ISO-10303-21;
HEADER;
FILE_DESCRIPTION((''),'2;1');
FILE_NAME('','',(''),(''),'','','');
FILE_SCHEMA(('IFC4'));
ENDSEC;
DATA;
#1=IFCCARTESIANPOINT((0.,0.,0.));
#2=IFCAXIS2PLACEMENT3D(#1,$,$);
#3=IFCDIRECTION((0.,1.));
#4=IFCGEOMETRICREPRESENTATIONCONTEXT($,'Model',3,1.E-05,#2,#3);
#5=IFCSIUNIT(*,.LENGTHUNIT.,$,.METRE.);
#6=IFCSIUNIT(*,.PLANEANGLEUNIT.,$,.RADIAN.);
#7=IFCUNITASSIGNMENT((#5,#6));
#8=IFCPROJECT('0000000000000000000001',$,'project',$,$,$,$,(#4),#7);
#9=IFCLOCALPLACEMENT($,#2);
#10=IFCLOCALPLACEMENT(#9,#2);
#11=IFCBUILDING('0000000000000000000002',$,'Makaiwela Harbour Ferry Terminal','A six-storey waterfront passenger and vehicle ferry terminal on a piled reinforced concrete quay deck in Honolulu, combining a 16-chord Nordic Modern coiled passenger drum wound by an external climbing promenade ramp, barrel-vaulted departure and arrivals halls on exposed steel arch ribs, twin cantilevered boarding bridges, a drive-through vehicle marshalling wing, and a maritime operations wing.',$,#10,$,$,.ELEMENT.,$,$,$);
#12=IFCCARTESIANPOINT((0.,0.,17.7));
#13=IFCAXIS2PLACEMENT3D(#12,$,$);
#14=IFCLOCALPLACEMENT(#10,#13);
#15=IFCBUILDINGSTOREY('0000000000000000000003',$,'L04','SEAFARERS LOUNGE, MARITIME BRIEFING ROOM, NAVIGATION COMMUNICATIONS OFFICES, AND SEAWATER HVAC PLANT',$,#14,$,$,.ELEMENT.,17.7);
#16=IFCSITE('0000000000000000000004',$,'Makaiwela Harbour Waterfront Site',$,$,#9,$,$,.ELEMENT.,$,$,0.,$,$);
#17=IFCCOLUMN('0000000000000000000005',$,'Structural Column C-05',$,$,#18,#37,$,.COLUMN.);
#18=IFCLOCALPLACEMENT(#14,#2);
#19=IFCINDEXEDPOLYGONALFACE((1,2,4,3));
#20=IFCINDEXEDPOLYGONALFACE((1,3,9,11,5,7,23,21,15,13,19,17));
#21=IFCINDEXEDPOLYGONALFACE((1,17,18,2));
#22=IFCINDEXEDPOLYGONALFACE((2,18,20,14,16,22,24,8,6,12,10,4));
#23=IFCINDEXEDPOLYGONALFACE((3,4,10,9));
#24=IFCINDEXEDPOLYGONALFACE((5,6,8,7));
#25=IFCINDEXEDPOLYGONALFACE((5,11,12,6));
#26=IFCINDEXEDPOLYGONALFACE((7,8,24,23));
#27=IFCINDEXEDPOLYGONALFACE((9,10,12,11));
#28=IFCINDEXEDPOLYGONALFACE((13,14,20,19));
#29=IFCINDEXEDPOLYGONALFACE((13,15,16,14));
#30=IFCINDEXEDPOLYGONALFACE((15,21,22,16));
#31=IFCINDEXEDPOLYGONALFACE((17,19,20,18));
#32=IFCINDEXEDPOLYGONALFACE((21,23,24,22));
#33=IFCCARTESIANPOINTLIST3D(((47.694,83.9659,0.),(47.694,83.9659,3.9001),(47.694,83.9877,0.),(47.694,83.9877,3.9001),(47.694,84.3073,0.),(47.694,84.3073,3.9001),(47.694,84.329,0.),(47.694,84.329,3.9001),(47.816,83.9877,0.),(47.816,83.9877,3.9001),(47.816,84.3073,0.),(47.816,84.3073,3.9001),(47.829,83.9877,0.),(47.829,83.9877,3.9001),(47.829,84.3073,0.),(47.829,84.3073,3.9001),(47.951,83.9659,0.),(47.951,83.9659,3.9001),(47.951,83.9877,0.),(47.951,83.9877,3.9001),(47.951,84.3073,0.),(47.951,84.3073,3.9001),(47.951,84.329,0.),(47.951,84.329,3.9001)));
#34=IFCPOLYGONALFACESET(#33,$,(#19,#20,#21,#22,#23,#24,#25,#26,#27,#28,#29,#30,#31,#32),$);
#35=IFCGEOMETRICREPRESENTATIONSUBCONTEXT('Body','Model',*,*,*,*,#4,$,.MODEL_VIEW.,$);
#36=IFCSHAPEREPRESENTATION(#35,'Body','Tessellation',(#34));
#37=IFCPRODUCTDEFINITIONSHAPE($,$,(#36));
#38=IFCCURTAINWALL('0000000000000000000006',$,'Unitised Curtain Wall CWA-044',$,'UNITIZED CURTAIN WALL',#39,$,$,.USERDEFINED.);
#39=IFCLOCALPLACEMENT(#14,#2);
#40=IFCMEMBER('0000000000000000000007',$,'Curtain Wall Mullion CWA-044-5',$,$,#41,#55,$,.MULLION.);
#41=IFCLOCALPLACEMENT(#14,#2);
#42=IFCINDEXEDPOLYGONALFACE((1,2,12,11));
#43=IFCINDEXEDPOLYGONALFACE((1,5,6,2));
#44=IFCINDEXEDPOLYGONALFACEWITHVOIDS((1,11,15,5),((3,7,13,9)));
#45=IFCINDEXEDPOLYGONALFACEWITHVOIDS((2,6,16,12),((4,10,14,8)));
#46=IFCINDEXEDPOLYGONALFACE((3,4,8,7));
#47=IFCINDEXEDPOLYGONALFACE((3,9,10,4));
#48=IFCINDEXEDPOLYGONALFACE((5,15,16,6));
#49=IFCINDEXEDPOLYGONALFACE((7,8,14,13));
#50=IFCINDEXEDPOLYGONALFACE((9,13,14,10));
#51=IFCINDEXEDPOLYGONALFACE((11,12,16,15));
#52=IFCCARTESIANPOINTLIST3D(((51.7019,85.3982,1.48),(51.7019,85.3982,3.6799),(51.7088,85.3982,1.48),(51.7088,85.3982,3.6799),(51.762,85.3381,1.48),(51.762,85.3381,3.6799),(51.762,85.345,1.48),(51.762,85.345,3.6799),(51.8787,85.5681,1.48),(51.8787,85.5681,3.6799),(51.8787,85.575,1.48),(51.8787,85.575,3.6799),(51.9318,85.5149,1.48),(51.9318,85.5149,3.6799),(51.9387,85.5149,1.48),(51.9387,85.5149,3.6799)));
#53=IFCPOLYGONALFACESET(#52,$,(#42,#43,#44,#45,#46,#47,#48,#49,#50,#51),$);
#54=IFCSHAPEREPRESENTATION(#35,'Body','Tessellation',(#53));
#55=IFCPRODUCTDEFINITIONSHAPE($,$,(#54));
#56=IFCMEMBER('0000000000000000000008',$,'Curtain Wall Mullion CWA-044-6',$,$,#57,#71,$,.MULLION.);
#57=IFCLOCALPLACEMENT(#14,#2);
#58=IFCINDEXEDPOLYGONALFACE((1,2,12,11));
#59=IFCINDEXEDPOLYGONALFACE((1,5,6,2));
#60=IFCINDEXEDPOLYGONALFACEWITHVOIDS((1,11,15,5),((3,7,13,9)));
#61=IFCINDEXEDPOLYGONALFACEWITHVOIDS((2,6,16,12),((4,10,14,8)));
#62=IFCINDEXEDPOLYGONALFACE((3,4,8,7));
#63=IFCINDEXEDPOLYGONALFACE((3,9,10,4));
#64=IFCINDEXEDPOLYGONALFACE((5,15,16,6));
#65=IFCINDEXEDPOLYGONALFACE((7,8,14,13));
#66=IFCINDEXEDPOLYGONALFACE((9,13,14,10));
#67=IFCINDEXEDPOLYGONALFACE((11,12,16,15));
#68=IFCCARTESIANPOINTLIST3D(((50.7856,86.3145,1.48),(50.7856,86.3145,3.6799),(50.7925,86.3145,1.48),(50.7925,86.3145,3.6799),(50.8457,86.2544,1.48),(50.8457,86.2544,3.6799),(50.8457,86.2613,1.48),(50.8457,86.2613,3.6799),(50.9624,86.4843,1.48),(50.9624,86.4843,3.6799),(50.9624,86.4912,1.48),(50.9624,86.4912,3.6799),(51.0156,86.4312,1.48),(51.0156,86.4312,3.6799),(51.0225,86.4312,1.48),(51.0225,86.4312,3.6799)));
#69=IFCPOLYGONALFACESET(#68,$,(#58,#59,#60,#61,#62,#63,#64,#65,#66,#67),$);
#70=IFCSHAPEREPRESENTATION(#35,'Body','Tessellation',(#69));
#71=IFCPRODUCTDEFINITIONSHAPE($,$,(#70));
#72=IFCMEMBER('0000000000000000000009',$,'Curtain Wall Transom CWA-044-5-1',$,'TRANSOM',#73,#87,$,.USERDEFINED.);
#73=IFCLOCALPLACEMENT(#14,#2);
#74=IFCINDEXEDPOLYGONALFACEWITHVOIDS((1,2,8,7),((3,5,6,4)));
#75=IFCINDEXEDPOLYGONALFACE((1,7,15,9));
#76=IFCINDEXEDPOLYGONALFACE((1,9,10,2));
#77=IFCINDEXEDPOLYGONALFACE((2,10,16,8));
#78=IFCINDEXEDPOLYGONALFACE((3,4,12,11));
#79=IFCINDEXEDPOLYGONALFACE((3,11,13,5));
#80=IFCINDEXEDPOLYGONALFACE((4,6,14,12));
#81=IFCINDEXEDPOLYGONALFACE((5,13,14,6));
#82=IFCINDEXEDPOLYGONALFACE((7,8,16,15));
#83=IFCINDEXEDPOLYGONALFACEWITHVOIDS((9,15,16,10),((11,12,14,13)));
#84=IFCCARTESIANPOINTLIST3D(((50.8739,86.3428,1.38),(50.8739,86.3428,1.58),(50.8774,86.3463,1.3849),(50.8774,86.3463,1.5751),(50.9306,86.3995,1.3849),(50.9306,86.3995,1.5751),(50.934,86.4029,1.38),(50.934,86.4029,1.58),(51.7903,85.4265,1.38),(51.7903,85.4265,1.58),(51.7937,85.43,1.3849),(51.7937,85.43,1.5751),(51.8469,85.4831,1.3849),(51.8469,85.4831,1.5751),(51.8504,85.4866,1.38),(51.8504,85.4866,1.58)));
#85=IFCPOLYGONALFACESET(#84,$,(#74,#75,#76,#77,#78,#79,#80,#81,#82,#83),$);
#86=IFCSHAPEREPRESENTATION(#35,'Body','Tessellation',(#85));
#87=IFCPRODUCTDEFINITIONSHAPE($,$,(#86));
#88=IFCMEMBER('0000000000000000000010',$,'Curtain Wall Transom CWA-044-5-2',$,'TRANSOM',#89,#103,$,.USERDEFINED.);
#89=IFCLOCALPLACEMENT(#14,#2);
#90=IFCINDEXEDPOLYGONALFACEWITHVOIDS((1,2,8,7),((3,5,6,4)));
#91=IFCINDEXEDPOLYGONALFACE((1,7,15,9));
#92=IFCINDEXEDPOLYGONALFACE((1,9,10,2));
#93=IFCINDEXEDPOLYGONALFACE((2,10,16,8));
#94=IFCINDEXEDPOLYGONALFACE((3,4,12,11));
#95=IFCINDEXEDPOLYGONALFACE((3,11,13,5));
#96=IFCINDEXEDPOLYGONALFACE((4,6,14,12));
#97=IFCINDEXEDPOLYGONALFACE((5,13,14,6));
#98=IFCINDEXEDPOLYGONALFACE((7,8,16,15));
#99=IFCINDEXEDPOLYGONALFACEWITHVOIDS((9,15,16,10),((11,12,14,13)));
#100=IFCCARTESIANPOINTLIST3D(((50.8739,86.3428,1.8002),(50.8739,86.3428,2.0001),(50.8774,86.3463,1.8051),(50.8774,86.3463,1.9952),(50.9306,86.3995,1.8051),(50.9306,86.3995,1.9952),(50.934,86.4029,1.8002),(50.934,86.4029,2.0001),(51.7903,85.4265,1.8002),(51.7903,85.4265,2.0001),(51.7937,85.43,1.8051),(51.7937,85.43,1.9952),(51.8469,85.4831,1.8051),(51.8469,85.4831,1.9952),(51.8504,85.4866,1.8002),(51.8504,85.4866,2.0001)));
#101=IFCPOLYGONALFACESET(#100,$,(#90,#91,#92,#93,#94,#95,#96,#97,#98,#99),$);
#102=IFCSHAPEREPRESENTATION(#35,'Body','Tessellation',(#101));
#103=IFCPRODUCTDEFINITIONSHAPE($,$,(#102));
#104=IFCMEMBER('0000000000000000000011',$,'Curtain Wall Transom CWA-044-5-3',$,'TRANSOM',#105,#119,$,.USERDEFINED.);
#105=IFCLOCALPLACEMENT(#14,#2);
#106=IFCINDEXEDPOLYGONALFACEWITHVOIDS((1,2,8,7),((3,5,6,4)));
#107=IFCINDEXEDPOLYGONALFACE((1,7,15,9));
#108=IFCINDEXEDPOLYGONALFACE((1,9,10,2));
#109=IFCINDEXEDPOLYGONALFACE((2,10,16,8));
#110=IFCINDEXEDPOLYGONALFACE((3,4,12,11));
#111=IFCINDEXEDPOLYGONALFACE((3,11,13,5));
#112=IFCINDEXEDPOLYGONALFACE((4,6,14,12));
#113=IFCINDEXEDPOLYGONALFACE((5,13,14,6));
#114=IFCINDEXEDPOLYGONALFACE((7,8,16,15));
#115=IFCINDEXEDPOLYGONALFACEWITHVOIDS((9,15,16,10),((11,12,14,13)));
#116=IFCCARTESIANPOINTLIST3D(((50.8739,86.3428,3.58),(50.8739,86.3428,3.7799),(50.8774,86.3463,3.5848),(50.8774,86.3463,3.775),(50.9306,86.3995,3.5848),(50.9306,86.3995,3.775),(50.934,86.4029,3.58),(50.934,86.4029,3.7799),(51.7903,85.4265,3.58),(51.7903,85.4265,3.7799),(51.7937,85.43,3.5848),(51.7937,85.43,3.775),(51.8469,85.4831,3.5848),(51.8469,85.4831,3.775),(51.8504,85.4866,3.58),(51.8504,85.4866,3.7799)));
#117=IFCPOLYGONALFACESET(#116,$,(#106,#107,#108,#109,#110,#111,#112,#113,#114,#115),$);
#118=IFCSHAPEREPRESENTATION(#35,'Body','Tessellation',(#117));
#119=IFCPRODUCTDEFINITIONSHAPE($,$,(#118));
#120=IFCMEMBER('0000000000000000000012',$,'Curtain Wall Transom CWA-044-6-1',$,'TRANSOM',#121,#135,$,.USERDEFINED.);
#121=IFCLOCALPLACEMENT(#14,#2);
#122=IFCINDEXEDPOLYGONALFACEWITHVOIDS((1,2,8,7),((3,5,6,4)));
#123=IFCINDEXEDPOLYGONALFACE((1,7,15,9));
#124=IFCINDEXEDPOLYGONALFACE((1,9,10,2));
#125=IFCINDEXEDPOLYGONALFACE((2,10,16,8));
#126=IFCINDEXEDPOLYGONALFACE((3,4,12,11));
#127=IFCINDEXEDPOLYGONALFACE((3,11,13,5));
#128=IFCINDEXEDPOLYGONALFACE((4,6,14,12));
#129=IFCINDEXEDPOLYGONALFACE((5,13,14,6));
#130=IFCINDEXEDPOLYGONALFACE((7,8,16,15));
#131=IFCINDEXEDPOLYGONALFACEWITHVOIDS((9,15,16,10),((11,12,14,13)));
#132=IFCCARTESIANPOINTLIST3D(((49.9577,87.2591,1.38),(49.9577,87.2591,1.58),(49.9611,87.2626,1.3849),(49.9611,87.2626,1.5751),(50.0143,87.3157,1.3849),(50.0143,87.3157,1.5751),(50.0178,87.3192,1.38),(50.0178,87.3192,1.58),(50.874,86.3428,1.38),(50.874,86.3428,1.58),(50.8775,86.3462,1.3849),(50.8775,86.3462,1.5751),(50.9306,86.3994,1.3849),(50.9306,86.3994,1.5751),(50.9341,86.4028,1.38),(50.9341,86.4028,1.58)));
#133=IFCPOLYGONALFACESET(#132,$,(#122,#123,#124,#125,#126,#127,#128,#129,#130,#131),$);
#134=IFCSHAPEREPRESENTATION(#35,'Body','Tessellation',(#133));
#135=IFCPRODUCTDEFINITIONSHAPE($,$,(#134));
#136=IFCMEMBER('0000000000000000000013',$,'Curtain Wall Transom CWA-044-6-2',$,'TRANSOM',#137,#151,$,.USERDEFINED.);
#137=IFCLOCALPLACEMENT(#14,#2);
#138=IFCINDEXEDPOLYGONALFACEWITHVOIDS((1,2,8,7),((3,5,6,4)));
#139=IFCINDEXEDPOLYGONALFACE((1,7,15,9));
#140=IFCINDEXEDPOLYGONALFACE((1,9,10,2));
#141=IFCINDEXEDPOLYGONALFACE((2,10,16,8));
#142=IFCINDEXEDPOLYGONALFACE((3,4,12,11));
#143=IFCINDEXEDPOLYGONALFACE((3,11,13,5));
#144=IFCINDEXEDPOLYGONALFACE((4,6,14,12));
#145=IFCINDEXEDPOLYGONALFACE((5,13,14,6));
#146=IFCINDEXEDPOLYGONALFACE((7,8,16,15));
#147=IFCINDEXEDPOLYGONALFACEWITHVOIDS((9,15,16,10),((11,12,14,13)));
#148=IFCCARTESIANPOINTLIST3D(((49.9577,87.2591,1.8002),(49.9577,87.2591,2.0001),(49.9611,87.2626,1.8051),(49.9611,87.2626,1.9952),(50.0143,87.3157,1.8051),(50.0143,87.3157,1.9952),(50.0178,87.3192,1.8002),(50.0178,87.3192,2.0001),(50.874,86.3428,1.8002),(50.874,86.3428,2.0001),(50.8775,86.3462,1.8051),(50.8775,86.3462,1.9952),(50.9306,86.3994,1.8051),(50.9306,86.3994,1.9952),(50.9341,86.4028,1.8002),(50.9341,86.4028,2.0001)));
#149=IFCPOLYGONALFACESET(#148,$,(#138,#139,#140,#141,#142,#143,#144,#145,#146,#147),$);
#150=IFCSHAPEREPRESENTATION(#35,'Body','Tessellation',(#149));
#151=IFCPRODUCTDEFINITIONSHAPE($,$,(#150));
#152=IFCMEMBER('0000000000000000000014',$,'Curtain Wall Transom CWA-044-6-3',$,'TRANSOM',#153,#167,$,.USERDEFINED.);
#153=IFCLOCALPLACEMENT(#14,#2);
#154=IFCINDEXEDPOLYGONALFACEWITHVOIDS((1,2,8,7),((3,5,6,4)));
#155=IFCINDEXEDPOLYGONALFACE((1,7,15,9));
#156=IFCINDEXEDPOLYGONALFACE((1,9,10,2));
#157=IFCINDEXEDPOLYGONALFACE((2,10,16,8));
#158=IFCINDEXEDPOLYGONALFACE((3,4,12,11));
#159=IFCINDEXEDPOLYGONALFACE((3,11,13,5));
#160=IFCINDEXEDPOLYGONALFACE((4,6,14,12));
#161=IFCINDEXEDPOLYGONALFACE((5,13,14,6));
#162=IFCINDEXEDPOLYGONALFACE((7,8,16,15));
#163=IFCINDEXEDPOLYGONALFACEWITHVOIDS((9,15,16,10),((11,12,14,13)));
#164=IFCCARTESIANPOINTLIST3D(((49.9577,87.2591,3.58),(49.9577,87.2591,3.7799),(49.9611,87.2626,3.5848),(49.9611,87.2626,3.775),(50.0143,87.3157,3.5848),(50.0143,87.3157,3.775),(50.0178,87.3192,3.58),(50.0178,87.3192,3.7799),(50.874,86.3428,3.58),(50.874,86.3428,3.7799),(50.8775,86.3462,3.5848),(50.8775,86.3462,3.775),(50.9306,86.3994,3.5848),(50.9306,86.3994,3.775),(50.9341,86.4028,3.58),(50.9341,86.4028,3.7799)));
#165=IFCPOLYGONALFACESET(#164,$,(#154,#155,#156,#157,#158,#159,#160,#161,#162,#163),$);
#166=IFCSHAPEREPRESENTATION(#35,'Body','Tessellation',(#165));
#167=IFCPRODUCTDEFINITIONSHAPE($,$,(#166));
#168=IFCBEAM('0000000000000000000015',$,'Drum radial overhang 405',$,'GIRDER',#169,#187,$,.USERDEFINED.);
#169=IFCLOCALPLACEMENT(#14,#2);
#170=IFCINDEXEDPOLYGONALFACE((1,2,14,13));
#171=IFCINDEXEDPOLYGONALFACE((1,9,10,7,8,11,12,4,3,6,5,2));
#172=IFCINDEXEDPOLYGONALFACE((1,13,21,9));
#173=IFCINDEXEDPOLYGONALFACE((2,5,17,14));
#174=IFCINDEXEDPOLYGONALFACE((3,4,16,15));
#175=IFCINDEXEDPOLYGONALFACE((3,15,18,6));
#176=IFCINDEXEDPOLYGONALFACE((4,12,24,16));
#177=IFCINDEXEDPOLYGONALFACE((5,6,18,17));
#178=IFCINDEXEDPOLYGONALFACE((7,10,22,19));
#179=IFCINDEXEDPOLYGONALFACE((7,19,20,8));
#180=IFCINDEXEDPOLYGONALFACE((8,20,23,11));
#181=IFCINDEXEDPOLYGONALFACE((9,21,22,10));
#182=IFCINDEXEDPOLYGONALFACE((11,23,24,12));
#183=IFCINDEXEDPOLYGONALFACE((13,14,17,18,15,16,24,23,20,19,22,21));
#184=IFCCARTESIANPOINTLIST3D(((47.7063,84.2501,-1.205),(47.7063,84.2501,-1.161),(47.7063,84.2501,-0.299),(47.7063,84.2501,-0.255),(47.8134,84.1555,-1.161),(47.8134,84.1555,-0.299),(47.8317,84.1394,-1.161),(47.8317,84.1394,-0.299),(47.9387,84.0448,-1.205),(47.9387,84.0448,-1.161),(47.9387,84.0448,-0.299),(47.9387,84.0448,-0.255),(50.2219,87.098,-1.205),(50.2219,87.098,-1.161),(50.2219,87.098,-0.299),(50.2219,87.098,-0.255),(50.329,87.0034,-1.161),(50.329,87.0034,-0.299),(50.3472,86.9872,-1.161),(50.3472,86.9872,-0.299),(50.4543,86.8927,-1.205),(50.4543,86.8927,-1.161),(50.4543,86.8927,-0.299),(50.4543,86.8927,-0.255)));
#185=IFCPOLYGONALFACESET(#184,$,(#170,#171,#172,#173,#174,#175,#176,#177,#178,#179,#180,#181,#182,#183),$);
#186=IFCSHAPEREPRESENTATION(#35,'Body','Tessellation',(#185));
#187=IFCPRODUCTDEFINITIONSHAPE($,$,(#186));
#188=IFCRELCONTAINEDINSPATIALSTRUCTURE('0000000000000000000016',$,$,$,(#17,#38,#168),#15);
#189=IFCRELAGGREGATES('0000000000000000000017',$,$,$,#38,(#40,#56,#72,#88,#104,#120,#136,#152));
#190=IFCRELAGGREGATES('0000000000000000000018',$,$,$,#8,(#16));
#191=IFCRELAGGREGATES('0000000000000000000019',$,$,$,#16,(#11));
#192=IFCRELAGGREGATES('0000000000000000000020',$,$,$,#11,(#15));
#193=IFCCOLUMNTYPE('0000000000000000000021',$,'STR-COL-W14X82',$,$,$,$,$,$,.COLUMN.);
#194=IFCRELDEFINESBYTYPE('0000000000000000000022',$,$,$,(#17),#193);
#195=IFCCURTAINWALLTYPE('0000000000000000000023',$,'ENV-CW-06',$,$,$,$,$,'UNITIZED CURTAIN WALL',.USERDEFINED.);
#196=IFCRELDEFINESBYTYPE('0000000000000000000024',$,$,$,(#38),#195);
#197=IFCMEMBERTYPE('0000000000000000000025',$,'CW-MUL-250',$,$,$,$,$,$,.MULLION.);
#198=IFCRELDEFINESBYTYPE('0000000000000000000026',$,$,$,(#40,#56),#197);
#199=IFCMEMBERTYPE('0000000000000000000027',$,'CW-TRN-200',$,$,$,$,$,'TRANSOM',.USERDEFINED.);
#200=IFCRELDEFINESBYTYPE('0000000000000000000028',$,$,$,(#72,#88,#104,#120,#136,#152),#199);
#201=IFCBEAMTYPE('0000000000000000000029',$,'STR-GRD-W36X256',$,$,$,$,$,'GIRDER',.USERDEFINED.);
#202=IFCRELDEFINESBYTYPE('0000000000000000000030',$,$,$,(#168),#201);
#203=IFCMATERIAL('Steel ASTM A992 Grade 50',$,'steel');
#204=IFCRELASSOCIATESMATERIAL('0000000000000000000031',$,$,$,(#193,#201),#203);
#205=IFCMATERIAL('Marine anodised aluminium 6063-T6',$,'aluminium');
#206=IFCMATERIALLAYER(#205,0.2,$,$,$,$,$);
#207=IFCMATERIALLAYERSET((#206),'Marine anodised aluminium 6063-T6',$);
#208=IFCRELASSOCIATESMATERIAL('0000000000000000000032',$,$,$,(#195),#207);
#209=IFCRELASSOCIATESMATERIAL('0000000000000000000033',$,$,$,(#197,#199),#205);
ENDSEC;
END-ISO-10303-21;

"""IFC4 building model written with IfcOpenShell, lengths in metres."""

from ifc_helpers import new_model, si_unit, direction, frame, origin, origin_2d, place, context, subcontext, project, spatial, hollow_rectangle, i_section, extrude, material, layer, layer_set, material_profile, profile_set, type_object, element, aggregate, save


model = new_model("IFC4")

# Units and contexts
model_context = context("Model", 3, precision=1e-05, world=origin(), true_north=direction((0.0, 1.0)))
body_context = subcontext(model_context, "Body", "Model", "MODEL_VIEW")
ifc_project = project(units=[si_unit("LENGTHUNIT", "METRE"), si_unit("PLANEANGLEUNIT", "RADIAN")], contexts=[model_context])

# Site, building, storey
site_placement = place(None, origin())
site = spatial("IfcSite", under=ifc_project, at=site_placement, Name="Makaiwela Harbour Waterfront Site", CompositionType="ELEMENT", RefElevation=0.0)
building_placement = place(site_placement, origin())
building = spatial("IfcBuilding", under=site, at=building_placement, Name="Makaiwela Harbour Ferry Terminal", Description="A six-storey waterfront passenger and vehicle ferry terminal on a piled reinforced concrete quay deck in Honolulu, combining a 16-chord Nordic Modern coiled passenger drum wound by an external climbing promenade ramp, barrel-vaulted departure and arrivals halls on exposed steel arch ribs, twin cantilevered boarding bridges, a drive-through vehicle marshalling wing, and a maritime operations wing.", CompositionType="ELEMENT")
storey_placement = place(building_placement, frame((0.0, 0.0, 17.7)))
storey = spatial("IfcBuildingStorey", under=building, at=storey_placement, Name="L04", Description="SEAFARERS LOUNGE, MARITIME BRIEFING ROOM, NAVIGATION COMMUNICATIONS OFFICES, AND SEAWATER HVAC PLANT", CompositionType="ELEMENT", Elevation=17.7)

# Column
ifc_material_1 = material(Name="Steel ASTM A992 Grade 50", Category="steel")
ifc_material_profile_1 = material_profile(ifc_material_1, i_section(OverallWidth=0.2571, OverallDepth=0.363, WebThickness=0.0129, FlangeThickness=0.0217, at=origin_2d()), Name="W14X82")
ifc_profile_set_1 = profile_set([ifc_material_profile_1], Name="Steel ASTM A992 Grade 50")
column_type = type_object("IfcColumnType", Name="STR-COL-W14X82", PredefinedType="COLUMN", material=ifc_profile_set_1)
column_placement = place(storey_placement, frame((47.8225, 84.1475, 0.0), z_axis=(0.0, 0.0, 1.0), x_axis=(1.0, 0.0, 0.0)))
element("IfcColumn", 1, at=column_placement, inside=storey, type_object=column_type, Name="Structural Column C-05", PredefinedType="COLUMN", context=body_context, shape_type="SweptSolid", body=[
    extrude(i_section(OverallWidth=0.2571, OverallDepth=0.363, WebThickness=0.0129, FlangeThickness=0.0217, at=origin_2d()), origin(), (0.0, 0.0, 1.0), 3.9001),
])

# Curtain wall, members
ifc_material_2 = material(Name="Marine anodised aluminium 6063-T6", Category="aluminium")
ifc_layer_1 = layer(ifc_material_2, 0.2)
ifc_layer_set_1 = layer_set([ifc_layer_1], Name="Marine anodised aluminium 6063-T6")
curtain_wall_type = type_object("IfcCurtainWallType", Name="ENV-CW-06", ElementType="UNITIZED CURTAIN WALL", PredefinedType="USERDEFINED", material=ifc_layer_set_1)
curtain_wall_placement = place(storey_placement, origin())
curtain_wall = element("IfcCurtainWall", 2, at=curtain_wall_placement, inside=storey, type_object=curtain_wall_type, Name="Unitised Curtain Wall CWA-044", ObjectType="UNITIZED CURTAIN WALL", PredefinedType="USERDEFINED")
ifc_material_profile_2 = material_profile(ifc_material_2, hollow_rectangle(XDim=0.085, YDim=0.25, WallThickness=0.0049, at=origin_2d()), Name="CWM-250X85")
ifc_profile_set_2 = profile_set([ifc_material_profile_2], Name="Marine anodised aluminium 6063-T6")
member_type_1 = type_object("IfcMemberType", Name="CW-MUL-250", PredefinedType="MULLION", material=ifc_profile_set_2)
member_1_placement = place(storey_placement, frame((51.8203, 85.4565, 1.48), z_axis=(0.0, 0.0, 1.0), x_axis=(-0.707107, 0.707107, 0.0)))
member_1 = element("IfcMember", 3, at=member_1_placement, type_object=member_type_1, Name="Curtain Wall Mullion CWA-044-5", PredefinedType="MULLION", context=body_context, shape_type="SweptSolid", body=[
    extrude(hollow_rectangle(XDim=0.085, YDim=0.25, WallThickness=0.0049, at=origin_2d()), origin(), (0.0, 0.0, 1.0), 2.2),
])
member_2_placement = place(storey_placement, frame((50.9041, 86.3728, 1.48), z_axis=(0.0, 0.0, 1.0), x_axis=(-0.707107, 0.707107, 0.0)))
member_2 = element("IfcMember", 4, at=member_2_placement, type_object=member_type_1, Name="Curtain Wall Mullion CWA-044-6", PredefinedType="MULLION", context=body_context, shape_type="SweptSolid", body=[
    extrude(hollow_rectangle(XDim=0.085, YDim=0.25, WallThickness=0.0049, at=origin_2d()), origin(), (0.0, 0.0, 1.0), 2.2),
])
ifc_material_profile_3 = material_profile(ifc_material_2, hollow_rectangle(XDim=0.085, YDim=0.2, WallThickness=0.0049, at=origin_2d()), Name="CWT-200X85")
ifc_profile_set_3 = profile_set([ifc_material_profile_3], Name="Marine anodised aluminium 6063-T6")
member_type_2 = type_object("IfcMemberType", Name="CW-TRN-200", ElementType="TRANSOM", PredefinedType="USERDEFINED", material=ifc_profile_set_3)
member_3_placement = place(storey_placement, frame((51.8203, 85.4565, 1.48), z_axis=(-0.707107, 0.707107, 0.0), x_axis=(-0.707107, -0.707107, 0.0)))
member_3 = element("IfcMember", 5, at=member_3_placement, type_object=member_type_2, Name="Curtain Wall Transom CWA-044-5-1", ObjectType="TRANSOM", PredefinedType="USERDEFINED", context=body_context, shape_type="SweptSolid", body=[
    extrude(hollow_rectangle(XDim=0.085, YDim=0.2, WallThickness=0.0049, at=origin_2d()), origin(), (0.0, 0.0, 1.0), 1.2959),
])
member_4_placement = place(storey_placement, frame((51.8203, 85.4565, 1.9001), z_axis=(-0.707107, 0.707107, 0.0), x_axis=(-0.707107, -0.707107, 0.0)))
member_4 = element("IfcMember", 6, at=member_4_placement, type_object=member_type_2, Name="Curtain Wall Transom CWA-044-5-2", ObjectType="TRANSOM", PredefinedType="USERDEFINED", context=body_context, shape_type="SweptSolid", body=[
    extrude(hollow_rectangle(XDim=0.085, YDim=0.2, WallThickness=0.0049, at=origin_2d()), origin(), (0.0, 0.0, 1.0), 1.2959),
])
member_5_placement = place(storey_placement, frame((51.8203, 85.4565, 3.6799), z_axis=(-0.707107, 0.707107, 0.0), x_axis=(-0.707107, -0.707107, 0.0)))
member_5 = element("IfcMember", 7, at=member_5_placement, type_object=member_type_2, Name="Curtain Wall Transom CWA-044-5-3", ObjectType="TRANSOM", PredefinedType="USERDEFINED", context=body_context, shape_type="SweptSolid", body=[
    extrude(hollow_rectangle(XDim=0.085, YDim=0.2, WallThickness=0.0049, at=origin_2d()), origin(), (0.0, 0.0, 1.0), 1.2959),
])
member_6_placement = place(storey_placement, frame((50.9041, 86.3728, 1.48), z_axis=(-0.707107, 0.707107, 0.0), x_axis=(-0.707107, -0.707107, 0.0)))
member_6 = element("IfcMember", 8, at=member_6_placement, type_object=member_type_2, Name="Curtain Wall Transom CWA-044-6-1", ObjectType="TRANSOM", PredefinedType="USERDEFINED", context=body_context, shape_type="SweptSolid", body=[
    extrude(hollow_rectangle(XDim=0.085, YDim=0.2, WallThickness=0.0049, at=origin_2d()), origin(), (0.0, 0.0, 1.0), 1.2959),
])
member_7_placement = place(storey_placement, frame((50.9041, 86.3728, 1.9001), z_axis=(-0.707107, 0.707107, 0.0), x_axis=(-0.707107, -0.707107, 0.0)))
member_7 = element("IfcMember", 9, at=member_7_placement, type_object=member_type_2, Name="Curtain Wall Transom CWA-044-6-2", ObjectType="TRANSOM", PredefinedType="USERDEFINED", context=body_context, shape_type="SweptSolid", body=[
    extrude(hollow_rectangle(XDim=0.085, YDim=0.2, WallThickness=0.0049, at=origin_2d()), origin(), (0.0, 0.0, 1.0), 1.2959),
])
member_8_placement = place(storey_placement, frame((50.9041, 86.3728, 3.6799), z_axis=(-0.707107, 0.707107, 0.0), x_axis=(-0.707107, -0.707107, 0.0)))
member_8 = element("IfcMember", 10, at=member_8_placement, type_object=member_type_2, Name="Curtain Wall Transom CWA-044-6-3", ObjectType="TRANSOM", PredefinedType="USERDEFINED", context=body_context, shape_type="SweptSolid", body=[
    extrude(hollow_rectangle(XDim=0.085, YDim=0.2, WallThickness=0.0049, at=origin_2d()), origin(), (0.0, 0.0, 1.0), 1.2959),
])

# Beam
ifc_material_profile_4 = material_profile(ifc_material_1, i_section(OverallWidth=0.3101, OverallDepth=0.95, WebThickness=0.0244, FlangeThickness=0.0439, at=origin_2d()), Name="W36X256")
ifc_profile_set_4 = profile_set([ifc_material_profile_4], Name="Steel ASTM A992 Grade 50")
beam_type_1 = type_object("IfcBeamType", Name="STR-GRD-W36X256", ElementType="GIRDER", PredefinedType="USERDEFINED", material=ifc_profile_set_4)
beam_1_placement = place(storey_placement, frame((47.8225, 84.1475, -0.73), z_axis=(0.662032, 0.749476, 0.0), x_axis=(-0.749476, 0.662032, 0.0)))
element("IfcBeam", 11, at=beam_1_placement, inside=storey, type_object=beam_type_1, Name="Drum radial overhang 405", ObjectType="GIRDER", PredefinedType="USERDEFINED", context=body_context, shape_type="SweptSolid", body=[
    extrude(i_section(OverallWidth=0.3101, OverallDepth=0.95, WebThickness=0.0244, FlangeThickness=0.0439, at=origin_2d()), origin(), (0.0, 0.0, 1.0), 3.7998),
])

aggregate(curtain_wall, [member_1, member_2, member_3, member_4, member_5, member_6, member_7, member_8])

save(model, "model.ifc")
